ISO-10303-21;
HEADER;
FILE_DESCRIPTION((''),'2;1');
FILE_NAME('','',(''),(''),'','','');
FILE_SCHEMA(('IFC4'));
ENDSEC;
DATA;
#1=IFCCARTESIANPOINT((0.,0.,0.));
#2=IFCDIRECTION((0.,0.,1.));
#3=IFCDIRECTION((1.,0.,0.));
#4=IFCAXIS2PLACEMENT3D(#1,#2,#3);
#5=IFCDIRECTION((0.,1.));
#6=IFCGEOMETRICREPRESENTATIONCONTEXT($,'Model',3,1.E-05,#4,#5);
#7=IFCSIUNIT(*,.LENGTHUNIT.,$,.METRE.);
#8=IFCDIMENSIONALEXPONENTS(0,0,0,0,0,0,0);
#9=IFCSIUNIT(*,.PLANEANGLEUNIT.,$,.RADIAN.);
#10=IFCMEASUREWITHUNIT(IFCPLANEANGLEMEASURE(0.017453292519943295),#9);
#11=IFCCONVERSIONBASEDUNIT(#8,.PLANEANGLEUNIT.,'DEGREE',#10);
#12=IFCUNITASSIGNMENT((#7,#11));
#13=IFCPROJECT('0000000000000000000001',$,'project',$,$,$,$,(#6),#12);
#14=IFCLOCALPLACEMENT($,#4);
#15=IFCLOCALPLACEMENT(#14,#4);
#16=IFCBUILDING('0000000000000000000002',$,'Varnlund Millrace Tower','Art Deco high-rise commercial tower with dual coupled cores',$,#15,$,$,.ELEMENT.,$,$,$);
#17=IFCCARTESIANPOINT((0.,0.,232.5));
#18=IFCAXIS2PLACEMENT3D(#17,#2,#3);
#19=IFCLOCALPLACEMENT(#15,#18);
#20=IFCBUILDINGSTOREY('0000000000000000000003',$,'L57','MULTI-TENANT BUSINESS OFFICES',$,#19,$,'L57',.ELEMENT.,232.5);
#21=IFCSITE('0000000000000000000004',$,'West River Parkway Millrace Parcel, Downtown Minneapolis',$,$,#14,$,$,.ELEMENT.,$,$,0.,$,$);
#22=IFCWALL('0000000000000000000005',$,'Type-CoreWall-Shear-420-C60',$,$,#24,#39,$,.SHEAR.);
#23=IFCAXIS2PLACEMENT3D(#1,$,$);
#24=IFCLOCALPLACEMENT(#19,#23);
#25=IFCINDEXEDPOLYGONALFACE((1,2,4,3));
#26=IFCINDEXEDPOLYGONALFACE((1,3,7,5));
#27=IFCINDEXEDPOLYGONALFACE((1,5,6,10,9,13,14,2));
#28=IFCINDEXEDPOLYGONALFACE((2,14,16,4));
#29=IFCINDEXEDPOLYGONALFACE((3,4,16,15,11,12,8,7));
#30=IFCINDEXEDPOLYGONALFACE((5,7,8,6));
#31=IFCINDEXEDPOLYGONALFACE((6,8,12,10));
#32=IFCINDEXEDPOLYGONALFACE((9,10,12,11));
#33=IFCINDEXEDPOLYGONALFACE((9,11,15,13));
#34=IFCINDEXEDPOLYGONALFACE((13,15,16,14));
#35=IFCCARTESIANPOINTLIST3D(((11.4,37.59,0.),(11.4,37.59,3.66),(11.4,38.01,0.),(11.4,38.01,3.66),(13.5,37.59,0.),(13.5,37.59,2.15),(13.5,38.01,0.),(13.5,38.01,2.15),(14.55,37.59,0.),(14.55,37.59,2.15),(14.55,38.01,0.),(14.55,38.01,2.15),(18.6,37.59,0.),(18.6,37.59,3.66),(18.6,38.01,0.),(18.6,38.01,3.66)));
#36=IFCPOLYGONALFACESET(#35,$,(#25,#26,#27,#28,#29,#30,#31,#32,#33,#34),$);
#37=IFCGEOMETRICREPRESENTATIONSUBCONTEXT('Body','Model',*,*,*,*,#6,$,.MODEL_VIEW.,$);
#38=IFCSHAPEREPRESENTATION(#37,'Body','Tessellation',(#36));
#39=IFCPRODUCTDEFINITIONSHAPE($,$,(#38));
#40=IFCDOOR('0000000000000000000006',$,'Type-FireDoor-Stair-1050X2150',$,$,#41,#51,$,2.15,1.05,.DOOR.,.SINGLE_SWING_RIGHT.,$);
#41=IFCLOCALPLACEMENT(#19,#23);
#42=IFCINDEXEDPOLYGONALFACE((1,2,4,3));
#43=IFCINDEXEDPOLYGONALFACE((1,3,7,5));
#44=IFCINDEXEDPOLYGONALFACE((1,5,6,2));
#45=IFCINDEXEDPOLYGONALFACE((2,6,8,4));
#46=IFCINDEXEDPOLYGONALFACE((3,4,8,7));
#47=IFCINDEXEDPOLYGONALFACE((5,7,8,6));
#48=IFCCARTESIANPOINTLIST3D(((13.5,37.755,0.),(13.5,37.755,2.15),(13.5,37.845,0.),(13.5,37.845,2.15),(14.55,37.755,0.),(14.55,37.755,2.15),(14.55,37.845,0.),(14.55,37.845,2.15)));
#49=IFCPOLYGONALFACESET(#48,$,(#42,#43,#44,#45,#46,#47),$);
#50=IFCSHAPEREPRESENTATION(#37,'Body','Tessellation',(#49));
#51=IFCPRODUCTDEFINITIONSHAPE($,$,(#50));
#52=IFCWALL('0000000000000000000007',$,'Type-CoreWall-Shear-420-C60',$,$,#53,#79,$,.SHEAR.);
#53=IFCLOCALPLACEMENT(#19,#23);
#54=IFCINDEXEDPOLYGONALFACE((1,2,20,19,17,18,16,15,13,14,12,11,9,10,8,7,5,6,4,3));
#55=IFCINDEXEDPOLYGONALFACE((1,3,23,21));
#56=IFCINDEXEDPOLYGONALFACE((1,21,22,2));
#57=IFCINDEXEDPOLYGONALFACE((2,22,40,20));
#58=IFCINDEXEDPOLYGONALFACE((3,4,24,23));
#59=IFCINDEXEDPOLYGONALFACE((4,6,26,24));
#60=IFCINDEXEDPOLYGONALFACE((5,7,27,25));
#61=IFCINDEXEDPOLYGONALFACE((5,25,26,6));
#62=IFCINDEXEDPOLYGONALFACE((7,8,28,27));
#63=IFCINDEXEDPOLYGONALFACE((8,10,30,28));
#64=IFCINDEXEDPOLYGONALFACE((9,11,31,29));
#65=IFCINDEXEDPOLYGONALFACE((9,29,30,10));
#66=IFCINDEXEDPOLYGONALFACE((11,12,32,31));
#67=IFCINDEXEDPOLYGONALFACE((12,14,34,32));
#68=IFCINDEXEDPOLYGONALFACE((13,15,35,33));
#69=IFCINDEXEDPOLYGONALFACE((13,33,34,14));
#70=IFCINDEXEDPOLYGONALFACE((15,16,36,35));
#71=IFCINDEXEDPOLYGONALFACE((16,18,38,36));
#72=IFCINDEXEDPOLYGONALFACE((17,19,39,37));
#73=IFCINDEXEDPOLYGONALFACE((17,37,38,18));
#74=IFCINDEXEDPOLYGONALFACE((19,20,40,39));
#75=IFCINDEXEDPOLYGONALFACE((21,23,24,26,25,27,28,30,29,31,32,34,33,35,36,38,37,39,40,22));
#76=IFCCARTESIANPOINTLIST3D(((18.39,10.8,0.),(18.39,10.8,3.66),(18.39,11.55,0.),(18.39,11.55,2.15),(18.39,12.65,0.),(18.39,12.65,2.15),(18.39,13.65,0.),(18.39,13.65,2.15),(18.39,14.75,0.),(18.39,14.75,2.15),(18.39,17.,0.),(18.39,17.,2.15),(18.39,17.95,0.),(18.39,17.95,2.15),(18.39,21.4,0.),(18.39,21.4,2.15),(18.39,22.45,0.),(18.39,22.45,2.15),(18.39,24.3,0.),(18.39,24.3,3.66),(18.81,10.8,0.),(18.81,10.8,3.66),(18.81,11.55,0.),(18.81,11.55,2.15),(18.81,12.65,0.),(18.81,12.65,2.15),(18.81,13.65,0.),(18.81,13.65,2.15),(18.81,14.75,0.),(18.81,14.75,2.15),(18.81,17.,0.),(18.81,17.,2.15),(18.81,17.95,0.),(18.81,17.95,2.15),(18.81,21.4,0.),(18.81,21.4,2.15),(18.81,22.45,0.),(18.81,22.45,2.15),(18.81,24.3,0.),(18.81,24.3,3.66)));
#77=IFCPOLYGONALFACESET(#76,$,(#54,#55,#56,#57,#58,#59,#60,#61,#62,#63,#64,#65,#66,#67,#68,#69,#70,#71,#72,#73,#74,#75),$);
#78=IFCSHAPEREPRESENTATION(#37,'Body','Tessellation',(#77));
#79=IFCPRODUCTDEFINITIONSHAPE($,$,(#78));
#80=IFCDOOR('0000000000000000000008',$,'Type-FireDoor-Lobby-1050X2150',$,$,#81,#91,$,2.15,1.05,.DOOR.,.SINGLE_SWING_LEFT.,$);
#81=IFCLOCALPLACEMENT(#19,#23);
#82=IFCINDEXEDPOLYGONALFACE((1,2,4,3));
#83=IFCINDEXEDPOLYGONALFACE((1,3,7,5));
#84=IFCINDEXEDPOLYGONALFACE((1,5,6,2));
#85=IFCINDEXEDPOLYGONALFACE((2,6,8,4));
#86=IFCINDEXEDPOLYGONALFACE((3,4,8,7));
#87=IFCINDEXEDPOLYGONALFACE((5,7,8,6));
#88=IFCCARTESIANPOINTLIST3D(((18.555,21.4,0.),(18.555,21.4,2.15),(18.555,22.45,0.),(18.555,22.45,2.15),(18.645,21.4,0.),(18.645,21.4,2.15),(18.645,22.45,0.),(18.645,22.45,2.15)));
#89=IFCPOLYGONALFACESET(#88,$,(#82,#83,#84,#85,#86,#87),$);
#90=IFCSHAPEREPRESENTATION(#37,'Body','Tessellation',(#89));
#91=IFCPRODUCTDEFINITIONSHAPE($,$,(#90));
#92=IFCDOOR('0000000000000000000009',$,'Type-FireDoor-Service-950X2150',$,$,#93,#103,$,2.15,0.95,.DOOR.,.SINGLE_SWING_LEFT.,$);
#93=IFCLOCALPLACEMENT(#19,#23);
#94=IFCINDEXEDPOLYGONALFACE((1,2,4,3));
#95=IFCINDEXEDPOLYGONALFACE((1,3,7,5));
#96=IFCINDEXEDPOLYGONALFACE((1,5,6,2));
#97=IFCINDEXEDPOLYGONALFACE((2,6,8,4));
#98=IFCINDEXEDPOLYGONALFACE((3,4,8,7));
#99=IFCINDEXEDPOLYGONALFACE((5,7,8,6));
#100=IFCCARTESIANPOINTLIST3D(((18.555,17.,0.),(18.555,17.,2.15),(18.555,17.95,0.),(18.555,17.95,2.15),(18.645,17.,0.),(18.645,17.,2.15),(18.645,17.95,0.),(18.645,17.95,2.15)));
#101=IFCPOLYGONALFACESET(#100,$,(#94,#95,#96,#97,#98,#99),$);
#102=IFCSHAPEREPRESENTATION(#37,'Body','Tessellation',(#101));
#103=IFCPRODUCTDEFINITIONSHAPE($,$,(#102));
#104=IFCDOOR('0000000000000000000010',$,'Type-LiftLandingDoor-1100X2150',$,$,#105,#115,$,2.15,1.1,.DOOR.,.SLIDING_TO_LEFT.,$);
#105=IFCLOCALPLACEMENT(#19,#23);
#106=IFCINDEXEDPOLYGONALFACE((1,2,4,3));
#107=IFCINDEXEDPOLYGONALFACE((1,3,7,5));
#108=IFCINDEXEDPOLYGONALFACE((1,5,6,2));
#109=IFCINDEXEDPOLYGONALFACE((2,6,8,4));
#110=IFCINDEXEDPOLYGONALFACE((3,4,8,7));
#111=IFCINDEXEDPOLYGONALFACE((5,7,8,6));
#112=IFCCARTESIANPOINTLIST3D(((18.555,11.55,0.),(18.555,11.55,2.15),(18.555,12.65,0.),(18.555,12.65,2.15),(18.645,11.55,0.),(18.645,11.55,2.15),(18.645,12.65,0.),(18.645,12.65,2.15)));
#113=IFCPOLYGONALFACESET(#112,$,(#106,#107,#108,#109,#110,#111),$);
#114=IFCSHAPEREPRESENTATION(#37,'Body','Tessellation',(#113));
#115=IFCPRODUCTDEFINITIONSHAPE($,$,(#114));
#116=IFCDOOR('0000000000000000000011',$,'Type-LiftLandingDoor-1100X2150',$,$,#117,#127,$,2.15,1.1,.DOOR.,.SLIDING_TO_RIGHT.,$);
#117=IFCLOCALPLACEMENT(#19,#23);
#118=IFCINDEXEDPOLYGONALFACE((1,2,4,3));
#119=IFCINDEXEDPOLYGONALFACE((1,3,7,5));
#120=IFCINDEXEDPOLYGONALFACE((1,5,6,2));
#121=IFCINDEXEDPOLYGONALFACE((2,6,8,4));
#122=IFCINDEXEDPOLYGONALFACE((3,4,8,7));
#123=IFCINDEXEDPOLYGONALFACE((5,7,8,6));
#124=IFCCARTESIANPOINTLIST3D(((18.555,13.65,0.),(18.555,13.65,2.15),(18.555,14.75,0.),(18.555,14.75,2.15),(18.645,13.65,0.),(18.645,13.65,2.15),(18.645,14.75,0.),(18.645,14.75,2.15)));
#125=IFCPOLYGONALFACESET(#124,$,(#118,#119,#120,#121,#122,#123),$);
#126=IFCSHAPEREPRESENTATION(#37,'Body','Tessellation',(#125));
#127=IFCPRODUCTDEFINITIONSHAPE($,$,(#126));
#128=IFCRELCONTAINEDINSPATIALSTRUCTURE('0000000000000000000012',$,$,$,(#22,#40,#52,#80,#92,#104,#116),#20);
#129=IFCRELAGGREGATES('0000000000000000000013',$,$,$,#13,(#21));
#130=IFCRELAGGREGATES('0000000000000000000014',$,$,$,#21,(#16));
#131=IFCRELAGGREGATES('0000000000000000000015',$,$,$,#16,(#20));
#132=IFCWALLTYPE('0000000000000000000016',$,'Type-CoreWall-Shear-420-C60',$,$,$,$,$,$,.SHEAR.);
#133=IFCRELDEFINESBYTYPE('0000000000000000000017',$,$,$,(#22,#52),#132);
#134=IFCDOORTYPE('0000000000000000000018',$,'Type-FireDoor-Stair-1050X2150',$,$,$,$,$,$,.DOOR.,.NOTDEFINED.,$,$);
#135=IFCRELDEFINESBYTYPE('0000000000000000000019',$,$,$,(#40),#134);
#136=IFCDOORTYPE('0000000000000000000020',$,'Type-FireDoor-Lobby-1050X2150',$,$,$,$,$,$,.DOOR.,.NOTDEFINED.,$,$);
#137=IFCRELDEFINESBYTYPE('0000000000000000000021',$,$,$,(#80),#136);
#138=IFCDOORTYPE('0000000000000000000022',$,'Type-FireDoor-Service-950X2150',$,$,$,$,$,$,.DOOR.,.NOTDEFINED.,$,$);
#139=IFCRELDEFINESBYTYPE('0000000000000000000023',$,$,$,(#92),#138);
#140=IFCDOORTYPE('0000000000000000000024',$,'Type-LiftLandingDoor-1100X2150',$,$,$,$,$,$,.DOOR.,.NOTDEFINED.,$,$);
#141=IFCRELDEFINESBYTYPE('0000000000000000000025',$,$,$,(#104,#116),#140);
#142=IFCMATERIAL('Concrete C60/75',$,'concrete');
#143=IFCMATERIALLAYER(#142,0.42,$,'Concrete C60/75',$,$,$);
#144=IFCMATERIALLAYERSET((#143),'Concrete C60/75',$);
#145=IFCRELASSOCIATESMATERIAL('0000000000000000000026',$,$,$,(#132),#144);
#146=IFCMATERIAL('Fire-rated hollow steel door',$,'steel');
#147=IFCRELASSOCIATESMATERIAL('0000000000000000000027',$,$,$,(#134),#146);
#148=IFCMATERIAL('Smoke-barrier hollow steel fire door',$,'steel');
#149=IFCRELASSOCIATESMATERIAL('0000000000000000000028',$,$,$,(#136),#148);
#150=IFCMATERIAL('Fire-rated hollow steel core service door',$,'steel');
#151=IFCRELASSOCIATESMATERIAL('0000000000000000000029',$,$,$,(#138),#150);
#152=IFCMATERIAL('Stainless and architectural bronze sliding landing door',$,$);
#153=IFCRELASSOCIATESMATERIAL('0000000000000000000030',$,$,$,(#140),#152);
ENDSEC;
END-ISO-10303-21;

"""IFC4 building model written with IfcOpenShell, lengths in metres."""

from ifc_helpers import new_model, entity, si_unit, converted_unit, direction, frame, origin_with_axes, origin_2d_with_axis, place, context, subcontext, project, spatial, polyline, rectangle, outline, extrude, material, layer, layer_set, type_object, element, fill, save


model = new_model("IFC4")

# Units and contexts
model_context = context("Model", 3, precision=1e-05, world=origin_with_axes(), true_north=direction((0.0, 1.0)))
body_context = subcontext(model_context, "Body", "Model", "MODEL_VIEW")
ifc_project = project(units=[si_unit("LENGTHUNIT", "METRE"), converted_unit("PLANEANGLEUNIT", "DEGREE", entity("IfcPlaneAngleMeasure", 0.017453292519943295), si_unit("PLANEANGLEUNIT", "RADIAN"), dimensions=[0, 0, 0, 0, 0, 0, 0])], contexts=[model_context])

# Site, building, storey
site_placement = place(None, origin_with_axes())
site = spatial("IfcSite", under=ifc_project, at=site_placement, Name="West River Parkway Millrace Parcel, Downtown Minneapolis", CompositionType="ELEMENT", RefElevation=0.0)
building_placement = place(site_placement, origin_with_axes())
building = spatial("IfcBuilding", under=site, at=building_placement, Name="Varnlund Millrace Tower", Description="Art Deco high-rise commercial tower with dual coupled cores", CompositionType="ELEMENT")
storey_placement = place(building_placement, frame((0.0, 0.0, 232.5), z_axis=(0.0, 0.0, 1.0), x_axis=(1.0, 0.0, 0.0)))
storey = spatial("IfcBuildingStorey", under=building, at=storey_placement, Name="L57", Description="MULTI-TENANT BUSINESS OFFICES", LongName="L57", CompositionType="ELEMENT", Elevation=232.5)

# Wall, opening, door
ifc_material_1 = material(Name="Concrete C60/75", Category="concrete")
ifc_layer_1 = layer(ifc_material_1, 0.42, Name="Concrete C60/75")
ifc_layer_set_1 = layer_set([ifc_layer_1], Name="Concrete C60/75")
wall_type_1 = type_object("IfcWallType", Name="Type-CoreWall-Shear-420-C60", PredefinedType="SHEAR", material=ifc_layer_set_1)
wall_1_placement = place(storey_placement, frame((11.4, 37.8, 0.0), z_axis=(0.0, 0.0, 1.0), x_axis=(1.0, 0.0, 0.0)))
wall_1 = element("IfcWall", 1, at=wall_1_placement, inside=storey, type_object=wall_type_1, Name="Type-CoreWall-Shear-420-C60", PredefinedType="SHEAR", context=body_context, shape_type="SweptSolid", body=[
    extrude(outline(polyline([(0.0, -0.21), (7.2, -0.21), (7.2, 0.21), (0.0, 0.21), (0.0, -0.21)])), origin_with_axes(), (0.0, 0.0, 1.0), 3.66),
])
opening_1_placement = place(wall_1_placement, frame((2.625, 0.0, 0.0), z_axis=(0.0, 0.0, 1.0), x_axis=(1.0, 0.0, 0.0)))
opening_1 = element("IfcOpeningElement", 2, at=opening_1_placement, cuts=wall_1, PredefinedType="OPENING", context=body_context, shape_type="SweptSolid", body=[
    extrude(rectangle(XDim=1.05, YDim=0.44, at=origin_2d_with_axis()), origin_with_axes(), (0.0, 0.0, 1.0), 2.15),
])
ifc_material_2 = material(Name="Fire-rated hollow steel door", Category="steel")
door_type_1 = type_object("IfcDoorType", Name="Type-FireDoor-Stair-1050X2150", OperationType="NOTDEFINED", PredefinedType="DOOR", material=ifc_material_2)
door_1_placement = place(wall_1_placement, frame((2.625, 0.0, 0.0), z_axis=(0.0, 0.0, 1.0), x_axis=(1.0, 0.0, 0.0)))
door_1 = element("IfcDoor", 3, at=door_1_placement, inside=storey, type_object=door_type_1, Name="Type-FireDoor-Stair-1050X2150", OperationType="SINGLE_SWING_RIGHT", OverallHeight=2.15, OverallWidth=1.05, PredefinedType="DOOR", context=body_context, shape_type="SweptSolid", body=[
    extrude(rectangle(XDim=1.05, YDim=0.09, at=origin_2d_with_axis()), origin_with_axes(), (0.0, 0.0, 1.0), 2.15),
])
fill(opening_1, door_1)

# Wall, openings, doors
wall_2_placement = place(storey_placement, frame((18.6, 10.8, 0.0), z_axis=(0.0, 0.0, 1.0), x_axis=(0.0, 1.0, 0.0)))
wall_2 = element("IfcWall", 4, at=wall_2_placement, inside=storey, type_object=wall_type_1, Name="Type-CoreWall-Shear-420-C60", PredefinedType="SHEAR", context=body_context, shape_type="SweptSolid", body=[
    extrude(outline(polyline([(0.0, -0.21), (13.5, -0.21), (13.5, 0.21), (0.0, 0.21), (0.0, -0.21)])), origin_with_axes(), (0.0, 0.0, 1.0), 3.66),
])
opening_2_placement = place(wall_2_placement, frame((1.3, 0.0, 0.0), z_axis=(0.0, 0.0, 1.0), x_axis=(1.0, 0.0, 0.0)))
opening_2 = element("IfcOpeningElement", 5, at=opening_2_placement, cuts=wall_2, PredefinedType="OPENING", context=body_context, shape_type="SweptSolid", body=[
    extrude(rectangle(XDim=1.1, YDim=0.44, at=origin_2d_with_axis()), origin_with_axes(), (0.0, 0.0, 1.0), 2.15),
])
opening_3_placement = place(wall_2_placement, frame((3.4, 0.0, 0.0), z_axis=(0.0, 0.0, 1.0), x_axis=(1.0, 0.0, 0.0)))
opening_3 = element("IfcOpeningElement", 6, at=opening_3_placement, cuts=wall_2, PredefinedType="OPENING", context=body_context, shape_type="SweptSolid", body=[
    extrude(rectangle(XDim=1.1, YDim=0.44, at=origin_2d_with_axis()), origin_with_axes(), (0.0, 0.0, 1.0), 2.15),
])
opening_4_placement = place(wall_2_placement, frame((11.125, 0.0, 0.0), z_axis=(0.0, 0.0, 1.0), x_axis=(1.0, 0.0, 0.0)))
opening_4 = element("IfcOpeningElement", 7, at=opening_4_placement, cuts=wall_2, PredefinedType="OPENING", context=body_context, shape_type="SweptSolid", body=[
    extrude(rectangle(XDim=1.05, YDim=0.44, at=origin_2d_with_axis()), origin_with_axes(), (0.0, 0.0, 1.0), 2.15),
])
opening_5_placement = place(wall_2_placement, frame((6.675, 0.0, 0.0), z_axis=(0.0, 0.0, 1.0), x_axis=(1.0, 0.0, 0.0)))
opening_5 = element("IfcOpeningElement", 8, at=opening_5_placement, cuts=wall_2, PredefinedType="OPENING", context=body_context, shape_type="SweptSolid", body=[
    extrude(rectangle(XDim=0.95, YDim=0.44, at=origin_2d_with_axis()), origin_with_axes(), (0.0, 0.0, 1.0), 2.15),
])
ifc_material_3 = material(Name="Smoke-barrier hollow steel fire door", Category="steel")
door_type_2 = type_object("IfcDoorType", Name="Type-FireDoor-Lobby-1050X2150", OperationType="NOTDEFINED", PredefinedType="DOOR", material=ifc_material_3)
door_2_placement = place(wall_2_placement, frame((11.125, 0.0, 0.0), z_axis=(0.0, 0.0, 1.0), x_axis=(1.0, 0.0, 0.0)))
door_2 = element("IfcDoor", 9, at=door_2_placement, inside=storey, type_object=door_type_2, Name="Type-FireDoor-Lobby-1050X2150", OperationType="SINGLE_SWING_LEFT", OverallHeight=2.15, OverallWidth=1.05, PredefinedType="DOOR", context=body_context, shape_type="SweptSolid", body=[
    extrude(rectangle(XDim=1.05, YDim=0.09, at=origin_2d_with_axis()), origin_with_axes(), (0.0, 0.0, 1.0), 2.15),
])
fill(opening_4, door_2)
ifc_material_4 = material(Name="Fire-rated hollow steel core service door", Category="steel")
door_type_3 = type_object("IfcDoorType", Name="Type-FireDoor-Service-950X2150", OperationType="NOTDEFINED", PredefinedType="DOOR", material=ifc_material_4)
door_3_placement = place(wall_2_placement, frame((6.675, 0.0, 0.0), z_axis=(0.0, 0.0, 1.0), x_axis=(1.0, 0.0, 0.0)))
door_3 = element("IfcDoor", 10, at=door_3_placement, inside=storey, type_object=door_type_3, Name="Type-FireDoor-Service-950X2150", OperationType="SINGLE_SWING_LEFT", OverallHeight=2.15, OverallWidth=0.95, PredefinedType="DOOR", context=body_context, shape_type="SweptSolid", body=[
    extrude(rectangle(XDim=0.95, YDim=0.09, at=origin_2d_with_axis()), origin_with_axes(), (0.0, 0.0, 1.0), 2.15),
])
fill(opening_5, door_3)
ifc_material_5 = material(Name="Stainless and architectural bronze sliding landing door")
door_type_4 = type_object("IfcDoorType", Name="Type-LiftLandingDoor-1100X2150", OperationType="NOTDEFINED", PredefinedType="DOOR", material=ifc_material_5)
door_4_placement = place(wall_2_placement, frame((1.3, 0.0, 0.0), z_axis=(0.0, 0.0, 1.0), x_axis=(1.0, 0.0, 0.0)))
door_4 = element("IfcDoor", 11, at=door_4_placement, inside=storey, type_object=door_type_4, Name="Type-LiftLandingDoor-1100X2150", OperationType="SLIDING_TO_LEFT", OverallHeight=2.15, OverallWidth=1.1, PredefinedType="DOOR", context=body_context, shape_type="SweptSolid", body=[
    extrude(rectangle(XDim=1.1, YDim=0.09, at=origin_2d_with_axis()), origin_with_axes(), (0.0, 0.0, 1.0), 2.15),
])
fill(opening_2, door_4)
door_5_placement = place(wall_2_placement, frame((3.4, 0.0, 0.0), z_axis=(0.0, 0.0, 1.0), x_axis=(1.0, 0.0, 0.0)))
door_5 = element("IfcDoor", 12, at=door_5_placement, inside=storey, type_object=door_type_4, Name="Type-LiftLandingDoor-1100X2150", OperationType="SLIDING_TO_RIGHT", OverallHeight=2.15, OverallWidth=1.1, PredefinedType="DOOR", context=body_context, shape_type="SweptSolid", body=[
    extrude(rectangle(XDim=1.1, YDim=0.09, at=origin_2d_with_axis()), origin_with_axes(), (0.0, 0.0, 1.0), 2.15),
])
fill(opening_3, door_5)

save(model, "model.ifc")
